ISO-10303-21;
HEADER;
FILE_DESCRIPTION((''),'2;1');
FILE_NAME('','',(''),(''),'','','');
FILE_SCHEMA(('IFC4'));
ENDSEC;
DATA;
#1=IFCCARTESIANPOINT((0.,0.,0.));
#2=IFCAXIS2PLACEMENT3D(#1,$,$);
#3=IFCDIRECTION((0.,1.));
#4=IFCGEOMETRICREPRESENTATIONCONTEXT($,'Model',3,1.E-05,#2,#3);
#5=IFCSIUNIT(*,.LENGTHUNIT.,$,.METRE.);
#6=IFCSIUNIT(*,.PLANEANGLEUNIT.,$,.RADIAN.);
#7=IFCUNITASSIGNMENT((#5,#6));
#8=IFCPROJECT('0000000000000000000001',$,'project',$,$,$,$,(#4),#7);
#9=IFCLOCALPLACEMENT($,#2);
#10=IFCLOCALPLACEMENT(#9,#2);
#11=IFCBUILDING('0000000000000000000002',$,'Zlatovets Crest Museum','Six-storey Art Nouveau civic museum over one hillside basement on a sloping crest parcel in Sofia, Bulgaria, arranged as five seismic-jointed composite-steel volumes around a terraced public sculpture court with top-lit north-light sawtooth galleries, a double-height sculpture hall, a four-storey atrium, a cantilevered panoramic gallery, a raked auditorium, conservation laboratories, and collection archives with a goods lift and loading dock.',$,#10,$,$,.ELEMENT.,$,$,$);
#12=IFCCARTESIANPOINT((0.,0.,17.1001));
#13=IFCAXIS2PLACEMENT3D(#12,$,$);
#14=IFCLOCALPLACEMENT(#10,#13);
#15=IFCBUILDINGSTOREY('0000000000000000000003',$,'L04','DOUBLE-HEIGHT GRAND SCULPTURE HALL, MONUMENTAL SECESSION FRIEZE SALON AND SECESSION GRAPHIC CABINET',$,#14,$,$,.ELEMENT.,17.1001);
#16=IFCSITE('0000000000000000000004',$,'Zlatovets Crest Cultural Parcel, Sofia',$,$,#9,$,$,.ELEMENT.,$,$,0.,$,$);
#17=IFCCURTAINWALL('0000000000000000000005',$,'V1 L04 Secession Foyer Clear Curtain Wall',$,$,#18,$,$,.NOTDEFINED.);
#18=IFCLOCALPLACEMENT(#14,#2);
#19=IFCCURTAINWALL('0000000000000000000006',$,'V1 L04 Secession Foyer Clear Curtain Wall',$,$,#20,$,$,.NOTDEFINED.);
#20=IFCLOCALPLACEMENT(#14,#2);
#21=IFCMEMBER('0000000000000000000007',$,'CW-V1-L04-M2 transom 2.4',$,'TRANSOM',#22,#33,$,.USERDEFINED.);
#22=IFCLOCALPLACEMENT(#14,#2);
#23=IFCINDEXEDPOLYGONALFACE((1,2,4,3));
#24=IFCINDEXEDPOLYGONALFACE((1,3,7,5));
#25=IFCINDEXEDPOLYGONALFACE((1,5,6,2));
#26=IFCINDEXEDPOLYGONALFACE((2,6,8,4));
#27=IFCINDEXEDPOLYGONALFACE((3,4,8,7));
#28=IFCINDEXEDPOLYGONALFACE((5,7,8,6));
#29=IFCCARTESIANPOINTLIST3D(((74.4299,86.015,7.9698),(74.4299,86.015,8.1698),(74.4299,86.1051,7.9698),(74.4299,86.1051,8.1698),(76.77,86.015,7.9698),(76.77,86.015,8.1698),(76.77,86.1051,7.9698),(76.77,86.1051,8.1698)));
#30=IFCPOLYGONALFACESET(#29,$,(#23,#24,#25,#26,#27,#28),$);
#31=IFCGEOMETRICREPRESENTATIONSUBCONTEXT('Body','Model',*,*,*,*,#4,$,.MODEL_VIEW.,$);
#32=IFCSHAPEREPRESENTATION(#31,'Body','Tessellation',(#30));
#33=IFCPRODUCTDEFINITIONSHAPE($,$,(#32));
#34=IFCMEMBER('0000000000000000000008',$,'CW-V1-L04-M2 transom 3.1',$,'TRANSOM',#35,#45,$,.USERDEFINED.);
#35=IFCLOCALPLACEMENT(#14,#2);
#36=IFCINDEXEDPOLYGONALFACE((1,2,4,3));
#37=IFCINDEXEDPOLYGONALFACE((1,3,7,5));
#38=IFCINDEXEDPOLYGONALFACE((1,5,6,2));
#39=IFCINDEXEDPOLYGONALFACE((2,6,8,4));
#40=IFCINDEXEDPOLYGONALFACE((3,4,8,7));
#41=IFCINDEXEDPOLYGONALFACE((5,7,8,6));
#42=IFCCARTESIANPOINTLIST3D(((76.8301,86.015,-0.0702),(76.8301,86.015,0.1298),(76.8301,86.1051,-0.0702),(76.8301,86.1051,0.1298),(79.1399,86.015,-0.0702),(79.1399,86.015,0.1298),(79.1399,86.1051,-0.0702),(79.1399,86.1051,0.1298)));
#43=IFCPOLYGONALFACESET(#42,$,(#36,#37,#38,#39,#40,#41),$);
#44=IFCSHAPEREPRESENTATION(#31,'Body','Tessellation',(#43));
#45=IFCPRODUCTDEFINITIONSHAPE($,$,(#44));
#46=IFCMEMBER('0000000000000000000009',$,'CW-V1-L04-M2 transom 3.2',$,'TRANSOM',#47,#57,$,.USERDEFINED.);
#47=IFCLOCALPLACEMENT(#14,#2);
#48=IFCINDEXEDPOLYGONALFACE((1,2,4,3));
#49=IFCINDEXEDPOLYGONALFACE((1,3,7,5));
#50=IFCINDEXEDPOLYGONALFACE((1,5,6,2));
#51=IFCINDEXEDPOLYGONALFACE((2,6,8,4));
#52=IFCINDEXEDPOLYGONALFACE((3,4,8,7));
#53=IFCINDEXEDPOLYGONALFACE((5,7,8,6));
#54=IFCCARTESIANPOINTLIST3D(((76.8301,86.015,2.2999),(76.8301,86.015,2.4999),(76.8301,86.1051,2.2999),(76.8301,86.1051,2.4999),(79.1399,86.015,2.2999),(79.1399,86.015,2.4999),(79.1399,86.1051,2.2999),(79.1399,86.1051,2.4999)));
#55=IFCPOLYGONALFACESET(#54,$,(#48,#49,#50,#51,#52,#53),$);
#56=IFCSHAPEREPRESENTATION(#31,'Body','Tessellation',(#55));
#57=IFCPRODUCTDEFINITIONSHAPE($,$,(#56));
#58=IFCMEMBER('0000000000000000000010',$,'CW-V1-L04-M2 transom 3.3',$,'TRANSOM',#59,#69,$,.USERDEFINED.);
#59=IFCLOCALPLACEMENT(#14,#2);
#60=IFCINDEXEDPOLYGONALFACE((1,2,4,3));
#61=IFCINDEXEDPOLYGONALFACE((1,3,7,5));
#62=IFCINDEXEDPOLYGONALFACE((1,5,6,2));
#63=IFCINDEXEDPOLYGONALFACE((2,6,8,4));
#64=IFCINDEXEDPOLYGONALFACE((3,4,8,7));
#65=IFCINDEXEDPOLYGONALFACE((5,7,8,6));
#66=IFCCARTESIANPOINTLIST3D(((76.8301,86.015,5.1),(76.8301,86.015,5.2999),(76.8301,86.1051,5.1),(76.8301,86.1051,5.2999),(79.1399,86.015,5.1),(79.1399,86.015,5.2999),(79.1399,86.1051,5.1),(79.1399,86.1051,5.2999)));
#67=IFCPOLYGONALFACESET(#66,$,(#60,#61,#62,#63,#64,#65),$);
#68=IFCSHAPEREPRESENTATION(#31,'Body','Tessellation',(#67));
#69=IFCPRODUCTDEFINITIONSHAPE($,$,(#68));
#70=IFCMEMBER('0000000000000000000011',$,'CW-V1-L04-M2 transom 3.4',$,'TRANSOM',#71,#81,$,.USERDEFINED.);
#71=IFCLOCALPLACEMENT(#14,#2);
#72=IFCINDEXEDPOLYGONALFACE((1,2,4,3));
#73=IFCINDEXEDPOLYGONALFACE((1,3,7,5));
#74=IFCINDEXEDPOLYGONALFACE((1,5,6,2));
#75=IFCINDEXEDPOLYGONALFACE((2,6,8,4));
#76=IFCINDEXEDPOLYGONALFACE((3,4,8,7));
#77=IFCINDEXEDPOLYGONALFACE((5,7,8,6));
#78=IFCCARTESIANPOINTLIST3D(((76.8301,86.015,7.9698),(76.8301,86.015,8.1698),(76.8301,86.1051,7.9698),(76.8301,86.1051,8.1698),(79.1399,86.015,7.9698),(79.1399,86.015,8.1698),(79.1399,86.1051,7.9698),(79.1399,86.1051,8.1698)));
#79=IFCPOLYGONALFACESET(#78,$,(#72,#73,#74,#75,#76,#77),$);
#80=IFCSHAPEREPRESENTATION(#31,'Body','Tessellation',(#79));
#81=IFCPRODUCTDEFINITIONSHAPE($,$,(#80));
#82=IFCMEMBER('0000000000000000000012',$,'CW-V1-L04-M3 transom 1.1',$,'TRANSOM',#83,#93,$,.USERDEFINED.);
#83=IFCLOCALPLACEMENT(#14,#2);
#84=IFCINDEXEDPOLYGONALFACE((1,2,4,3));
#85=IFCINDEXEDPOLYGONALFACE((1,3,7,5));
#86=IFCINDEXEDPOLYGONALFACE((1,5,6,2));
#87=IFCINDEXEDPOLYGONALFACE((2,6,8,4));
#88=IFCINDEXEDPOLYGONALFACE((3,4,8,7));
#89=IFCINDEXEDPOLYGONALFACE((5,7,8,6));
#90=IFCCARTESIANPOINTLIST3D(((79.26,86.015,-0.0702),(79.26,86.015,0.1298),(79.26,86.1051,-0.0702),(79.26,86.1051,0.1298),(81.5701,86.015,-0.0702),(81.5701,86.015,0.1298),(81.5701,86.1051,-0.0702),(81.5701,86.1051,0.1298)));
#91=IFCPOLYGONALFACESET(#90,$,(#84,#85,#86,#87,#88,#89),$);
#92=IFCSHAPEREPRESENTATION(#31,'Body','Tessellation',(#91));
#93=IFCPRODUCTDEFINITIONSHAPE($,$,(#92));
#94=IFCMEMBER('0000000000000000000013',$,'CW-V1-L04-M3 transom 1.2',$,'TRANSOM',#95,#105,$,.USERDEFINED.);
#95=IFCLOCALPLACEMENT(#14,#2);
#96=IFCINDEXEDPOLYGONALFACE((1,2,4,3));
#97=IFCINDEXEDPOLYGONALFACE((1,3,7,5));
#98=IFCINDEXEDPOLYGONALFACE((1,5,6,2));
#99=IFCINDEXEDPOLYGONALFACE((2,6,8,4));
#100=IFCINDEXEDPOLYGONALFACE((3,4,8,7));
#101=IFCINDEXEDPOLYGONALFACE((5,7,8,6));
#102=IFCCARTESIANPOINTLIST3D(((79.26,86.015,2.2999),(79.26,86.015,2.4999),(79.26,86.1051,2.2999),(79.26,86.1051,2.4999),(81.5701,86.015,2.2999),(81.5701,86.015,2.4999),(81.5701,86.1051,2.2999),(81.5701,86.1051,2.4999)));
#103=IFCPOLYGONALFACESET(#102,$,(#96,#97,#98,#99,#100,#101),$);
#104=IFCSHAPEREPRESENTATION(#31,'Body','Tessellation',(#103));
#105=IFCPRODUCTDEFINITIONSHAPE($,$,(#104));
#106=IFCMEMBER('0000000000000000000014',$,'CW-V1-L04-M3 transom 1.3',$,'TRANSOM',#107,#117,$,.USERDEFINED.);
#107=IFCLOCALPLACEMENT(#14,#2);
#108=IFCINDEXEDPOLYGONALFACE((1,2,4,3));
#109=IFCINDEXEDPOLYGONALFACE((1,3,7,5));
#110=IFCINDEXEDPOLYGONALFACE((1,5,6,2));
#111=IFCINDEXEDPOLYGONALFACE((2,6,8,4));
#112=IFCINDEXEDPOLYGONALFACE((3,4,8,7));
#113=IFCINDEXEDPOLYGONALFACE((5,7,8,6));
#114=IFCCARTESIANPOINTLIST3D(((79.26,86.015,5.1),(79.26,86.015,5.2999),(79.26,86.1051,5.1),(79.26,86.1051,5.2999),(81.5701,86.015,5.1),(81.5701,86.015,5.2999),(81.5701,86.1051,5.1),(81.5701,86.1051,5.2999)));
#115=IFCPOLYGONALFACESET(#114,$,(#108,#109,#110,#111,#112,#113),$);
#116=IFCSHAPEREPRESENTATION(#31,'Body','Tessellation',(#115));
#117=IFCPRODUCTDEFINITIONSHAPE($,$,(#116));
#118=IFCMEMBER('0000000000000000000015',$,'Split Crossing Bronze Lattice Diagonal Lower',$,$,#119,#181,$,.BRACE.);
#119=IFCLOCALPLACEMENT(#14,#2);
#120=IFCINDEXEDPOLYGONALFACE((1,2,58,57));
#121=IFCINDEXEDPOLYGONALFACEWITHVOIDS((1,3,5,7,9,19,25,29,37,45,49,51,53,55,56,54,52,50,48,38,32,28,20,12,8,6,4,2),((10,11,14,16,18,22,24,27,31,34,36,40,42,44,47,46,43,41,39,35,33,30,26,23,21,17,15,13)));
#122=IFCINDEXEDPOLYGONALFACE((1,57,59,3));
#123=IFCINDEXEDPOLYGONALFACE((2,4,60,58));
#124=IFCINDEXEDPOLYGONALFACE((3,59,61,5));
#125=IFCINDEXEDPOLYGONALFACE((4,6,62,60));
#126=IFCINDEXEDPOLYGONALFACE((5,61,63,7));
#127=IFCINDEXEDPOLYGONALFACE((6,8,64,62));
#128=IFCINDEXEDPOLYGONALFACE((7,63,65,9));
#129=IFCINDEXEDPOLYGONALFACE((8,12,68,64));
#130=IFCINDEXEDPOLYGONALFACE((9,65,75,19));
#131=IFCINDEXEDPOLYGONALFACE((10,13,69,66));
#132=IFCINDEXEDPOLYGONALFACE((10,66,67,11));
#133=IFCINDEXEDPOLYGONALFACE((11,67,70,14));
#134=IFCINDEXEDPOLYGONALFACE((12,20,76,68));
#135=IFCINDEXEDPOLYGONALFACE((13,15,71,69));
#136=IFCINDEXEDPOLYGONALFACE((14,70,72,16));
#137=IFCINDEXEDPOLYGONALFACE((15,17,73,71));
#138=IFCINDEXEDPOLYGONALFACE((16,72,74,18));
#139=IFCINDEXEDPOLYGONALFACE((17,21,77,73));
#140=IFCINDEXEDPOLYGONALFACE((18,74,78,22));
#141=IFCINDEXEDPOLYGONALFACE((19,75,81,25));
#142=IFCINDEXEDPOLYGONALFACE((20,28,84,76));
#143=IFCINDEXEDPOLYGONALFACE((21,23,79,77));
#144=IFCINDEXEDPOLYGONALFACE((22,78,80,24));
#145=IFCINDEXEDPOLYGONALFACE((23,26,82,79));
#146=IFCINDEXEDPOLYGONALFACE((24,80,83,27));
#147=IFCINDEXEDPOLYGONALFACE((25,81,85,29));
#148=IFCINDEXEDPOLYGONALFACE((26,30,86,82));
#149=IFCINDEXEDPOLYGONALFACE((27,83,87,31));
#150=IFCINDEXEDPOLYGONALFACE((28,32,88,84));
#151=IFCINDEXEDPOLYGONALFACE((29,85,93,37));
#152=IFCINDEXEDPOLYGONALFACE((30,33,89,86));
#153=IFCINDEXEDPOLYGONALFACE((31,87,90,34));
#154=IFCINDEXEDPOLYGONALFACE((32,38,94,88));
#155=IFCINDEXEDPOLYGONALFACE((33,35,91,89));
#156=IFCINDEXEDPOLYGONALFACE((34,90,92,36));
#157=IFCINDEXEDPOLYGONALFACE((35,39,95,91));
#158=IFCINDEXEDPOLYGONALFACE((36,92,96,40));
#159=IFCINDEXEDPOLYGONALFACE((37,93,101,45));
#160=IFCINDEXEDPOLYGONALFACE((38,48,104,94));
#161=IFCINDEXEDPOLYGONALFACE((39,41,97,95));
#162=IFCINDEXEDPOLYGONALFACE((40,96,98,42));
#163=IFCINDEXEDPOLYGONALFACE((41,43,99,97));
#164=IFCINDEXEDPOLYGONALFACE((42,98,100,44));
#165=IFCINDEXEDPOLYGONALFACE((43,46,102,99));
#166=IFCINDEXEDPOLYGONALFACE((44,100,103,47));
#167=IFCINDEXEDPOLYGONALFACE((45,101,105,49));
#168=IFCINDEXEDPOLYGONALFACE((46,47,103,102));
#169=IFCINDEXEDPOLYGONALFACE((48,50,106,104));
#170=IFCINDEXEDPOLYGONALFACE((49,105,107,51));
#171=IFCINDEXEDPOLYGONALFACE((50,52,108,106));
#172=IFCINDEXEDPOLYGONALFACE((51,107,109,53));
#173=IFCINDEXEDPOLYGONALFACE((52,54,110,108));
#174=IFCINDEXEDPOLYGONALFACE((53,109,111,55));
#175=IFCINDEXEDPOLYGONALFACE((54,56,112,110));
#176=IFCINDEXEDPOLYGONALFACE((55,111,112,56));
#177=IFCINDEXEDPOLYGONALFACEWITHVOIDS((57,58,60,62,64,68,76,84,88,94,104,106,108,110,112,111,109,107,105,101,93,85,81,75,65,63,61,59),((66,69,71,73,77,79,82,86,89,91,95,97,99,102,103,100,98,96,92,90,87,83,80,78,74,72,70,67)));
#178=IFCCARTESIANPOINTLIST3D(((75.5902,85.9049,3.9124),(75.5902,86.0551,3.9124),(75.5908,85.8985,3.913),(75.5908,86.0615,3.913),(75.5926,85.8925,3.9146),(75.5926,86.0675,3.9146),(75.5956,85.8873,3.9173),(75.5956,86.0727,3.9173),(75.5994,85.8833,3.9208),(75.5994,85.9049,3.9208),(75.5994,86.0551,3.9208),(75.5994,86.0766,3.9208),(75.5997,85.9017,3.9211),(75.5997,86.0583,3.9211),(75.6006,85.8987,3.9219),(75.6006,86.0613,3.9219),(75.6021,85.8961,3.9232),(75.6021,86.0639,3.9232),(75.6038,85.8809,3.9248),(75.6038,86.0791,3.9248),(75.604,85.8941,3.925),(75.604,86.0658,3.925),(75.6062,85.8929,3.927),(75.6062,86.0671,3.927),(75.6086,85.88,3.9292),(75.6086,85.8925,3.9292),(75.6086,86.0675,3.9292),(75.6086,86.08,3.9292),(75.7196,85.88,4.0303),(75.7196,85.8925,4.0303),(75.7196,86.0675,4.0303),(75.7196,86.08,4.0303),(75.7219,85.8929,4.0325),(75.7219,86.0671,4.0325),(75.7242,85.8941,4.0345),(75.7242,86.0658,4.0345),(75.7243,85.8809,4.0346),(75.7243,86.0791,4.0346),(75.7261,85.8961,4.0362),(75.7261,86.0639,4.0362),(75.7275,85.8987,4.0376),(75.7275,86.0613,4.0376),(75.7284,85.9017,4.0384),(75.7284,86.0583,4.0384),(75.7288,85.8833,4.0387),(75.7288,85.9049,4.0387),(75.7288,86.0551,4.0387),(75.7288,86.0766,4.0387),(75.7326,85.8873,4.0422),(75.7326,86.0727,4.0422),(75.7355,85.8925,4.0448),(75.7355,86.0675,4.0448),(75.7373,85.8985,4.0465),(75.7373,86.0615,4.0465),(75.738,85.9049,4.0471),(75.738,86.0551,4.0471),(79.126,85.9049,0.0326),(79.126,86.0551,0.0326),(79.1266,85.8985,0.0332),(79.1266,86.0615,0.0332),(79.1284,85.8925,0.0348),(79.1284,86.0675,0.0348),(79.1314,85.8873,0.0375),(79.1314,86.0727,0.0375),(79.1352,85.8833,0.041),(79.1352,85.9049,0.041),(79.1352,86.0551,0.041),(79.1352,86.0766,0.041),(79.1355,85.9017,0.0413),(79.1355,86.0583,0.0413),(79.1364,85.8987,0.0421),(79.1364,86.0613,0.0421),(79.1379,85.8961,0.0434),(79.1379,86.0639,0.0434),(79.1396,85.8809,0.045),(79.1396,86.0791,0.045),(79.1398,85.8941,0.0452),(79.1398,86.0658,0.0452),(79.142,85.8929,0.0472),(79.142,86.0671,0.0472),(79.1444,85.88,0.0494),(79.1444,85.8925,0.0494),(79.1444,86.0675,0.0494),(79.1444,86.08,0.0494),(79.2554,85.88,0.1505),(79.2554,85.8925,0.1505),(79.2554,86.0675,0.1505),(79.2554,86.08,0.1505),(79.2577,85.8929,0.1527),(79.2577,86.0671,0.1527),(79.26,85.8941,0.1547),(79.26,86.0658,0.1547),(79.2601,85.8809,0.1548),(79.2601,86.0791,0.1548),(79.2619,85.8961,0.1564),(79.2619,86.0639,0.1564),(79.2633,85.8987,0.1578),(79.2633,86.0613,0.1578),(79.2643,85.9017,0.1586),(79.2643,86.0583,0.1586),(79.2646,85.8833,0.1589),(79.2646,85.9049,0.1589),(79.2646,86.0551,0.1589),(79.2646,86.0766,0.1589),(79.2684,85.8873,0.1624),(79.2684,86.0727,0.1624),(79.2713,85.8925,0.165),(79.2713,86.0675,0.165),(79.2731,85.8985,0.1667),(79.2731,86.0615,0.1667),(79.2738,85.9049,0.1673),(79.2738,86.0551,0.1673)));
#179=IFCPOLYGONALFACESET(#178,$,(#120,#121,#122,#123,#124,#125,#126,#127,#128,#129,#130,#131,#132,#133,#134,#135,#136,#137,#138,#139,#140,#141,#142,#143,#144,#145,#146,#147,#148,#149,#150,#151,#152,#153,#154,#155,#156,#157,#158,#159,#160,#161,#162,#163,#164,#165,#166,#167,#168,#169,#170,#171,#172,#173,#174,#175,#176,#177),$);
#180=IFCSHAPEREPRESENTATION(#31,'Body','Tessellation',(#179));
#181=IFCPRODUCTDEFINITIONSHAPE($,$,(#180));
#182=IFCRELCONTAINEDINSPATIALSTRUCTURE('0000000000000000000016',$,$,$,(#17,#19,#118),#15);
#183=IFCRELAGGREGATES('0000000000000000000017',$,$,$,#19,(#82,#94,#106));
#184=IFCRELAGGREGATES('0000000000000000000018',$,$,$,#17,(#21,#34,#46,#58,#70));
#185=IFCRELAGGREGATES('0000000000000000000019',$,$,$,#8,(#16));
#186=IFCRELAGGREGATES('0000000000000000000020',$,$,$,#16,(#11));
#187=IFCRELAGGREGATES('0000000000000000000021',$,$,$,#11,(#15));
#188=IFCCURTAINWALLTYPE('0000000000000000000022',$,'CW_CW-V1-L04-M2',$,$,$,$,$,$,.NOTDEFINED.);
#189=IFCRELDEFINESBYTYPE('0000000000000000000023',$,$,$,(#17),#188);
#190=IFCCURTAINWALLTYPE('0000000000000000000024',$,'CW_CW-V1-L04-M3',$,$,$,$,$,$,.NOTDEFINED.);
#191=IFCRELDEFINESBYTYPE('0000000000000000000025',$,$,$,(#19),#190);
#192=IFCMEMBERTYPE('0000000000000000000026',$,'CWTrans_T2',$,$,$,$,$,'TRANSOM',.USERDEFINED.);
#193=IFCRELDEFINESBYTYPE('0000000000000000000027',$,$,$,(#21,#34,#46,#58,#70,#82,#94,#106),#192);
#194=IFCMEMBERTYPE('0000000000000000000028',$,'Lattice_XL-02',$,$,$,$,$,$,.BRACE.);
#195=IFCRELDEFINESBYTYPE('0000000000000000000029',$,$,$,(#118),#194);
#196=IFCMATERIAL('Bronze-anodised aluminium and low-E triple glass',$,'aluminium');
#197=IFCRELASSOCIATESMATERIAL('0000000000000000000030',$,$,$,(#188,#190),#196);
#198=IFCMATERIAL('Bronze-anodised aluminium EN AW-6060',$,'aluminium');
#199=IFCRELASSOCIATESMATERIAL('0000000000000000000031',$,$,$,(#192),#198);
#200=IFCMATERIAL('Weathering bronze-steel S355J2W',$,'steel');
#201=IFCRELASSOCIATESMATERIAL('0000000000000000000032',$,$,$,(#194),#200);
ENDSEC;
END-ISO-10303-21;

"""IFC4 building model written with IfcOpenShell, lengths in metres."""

from ifc_helpers import new_model, si_unit, direction, frame, origin, origin_2d, place, context, subcontext, project, spatial, rectangle, hollow_rectangle, extrude, material, material_profile, profile_set, type_object, element, aggregate, save


model = new_model("IFC4")

# Units and contexts
model_context = context("Model", 3, precision=1e-05, world=origin(), true_north=direction((0.0, 1.0)))
body_context = subcontext(model_context, "Body", "Model", "MODEL_VIEW")
ifc_project = project(units=[si_unit("LENGTHUNIT", "METRE"), si_unit("PLANEANGLEUNIT", "RADIAN")], contexts=[model_context])

# Site, building, storey
site_placement = place(None, origin())
site = spatial("IfcSite", under=ifc_project, at=site_placement, Name="Zlatovets Crest Cultural Parcel, Sofia", CompositionType="ELEMENT", RefElevation=0.0)
building_placement = place(site_placement, origin())
building = spatial("IfcBuilding", under=site, at=building_placement, Name="Zlatovets Crest Museum", Description="Six-storey Art Nouveau civic museum over one hillside basement on a sloping crest parcel in Sofia, Bulgaria, arranged as five seismic-jointed composite-steel volumes around a terraced public sculpture court with top-lit north-light sawtooth galleries, a double-height sculpture hall, a four-storey atrium, a cantilevered panoramic gallery, a raked auditorium, conservation laboratories, and collection archives with a goods lift and loading dock.", CompositionType="ELEMENT")
storey_placement = place(building_placement, frame((0.0, 0.0, 17.1001)))
storey = spatial("IfcBuildingStorey", under=building, at=storey_placement, Name="L04", Description="DOUBLE-HEIGHT GRAND SCULPTURE HALL, MONUMENTAL SECESSION FRIEZE SALON AND SECESSION GRAPHIC CABINET", CompositionType="ELEMENT", Elevation=17.1001)

# Curtain wall
ifc_material_1 = material(Name="Bronze-anodised aluminium and low-E triple glass", Category="aluminium")
curtain_wall_type_1 = type_object("IfcCurtainWallType", Name="CW_CW-V1-L04-M2", PredefinedType="NOTDEFINED", material=ifc_material_1)
curtain_wall_1_placement = place(storey_placement, origin())
curtain_wall_1 = element("IfcCurtainWall", 1, at=curtain_wall_1_placement, inside=storey, type_object=curtain_wall_type_1, Name="V1 L04 Secession Foyer Clear Curtain Wall", PredefinedType="NOTDEFINED")
ifc_material_2 = material(Name="Bronze-anodised aluminium EN AW-6060", Category="aluminium")

# Curtain wall
curtain_wall_type_2 = type_object("IfcCurtainWallType", Name="CW_CW-V1-L04-M3", PredefinedType="NOTDEFINED", material=ifc_material_1)
curtain_wall_2_placement = place(storey_placement, origin())
curtain_wall_2 = element("IfcCurtainWall", 2, at=curtain_wall_2_placement, inside=storey, type_object=curtain_wall_type_2, Name="V1 L04 Secession Foyer Clear Curtain Wall", PredefinedType="NOTDEFINED")

# Members
ifc_material_profile_1 = material_profile(ifc_material_2, rectangle(XDim=0.0901, YDim=0.2, at=origin_2d()), Name="ALU 90x200")
ifc_profile_set_1 = profile_set([ifc_material_profile_1], Name="Bronze-anodised aluminium EN AW-6060")
member_type_1 = type_object("IfcMemberType", Name="CWTrans_T2", ElementType="TRANSOM", PredefinedType="USERDEFINED", material=ifc_profile_set_1)
member_1_placement = place(storey_placement, frame((74.4299, 86.0601, 8.0698), z_axis=(1.0, 0.0, 0.0), x_axis=(0.0, 1.0, 0.0)))
member_1 = element("IfcMember", 3, at=member_1_placement, type_object=member_type_1, Name="CW-V1-L04-M2 transom 2.4", ObjectType="TRANSOM", PredefinedType="USERDEFINED", context=body_context, shape_type="SweptSolid", body=[
    extrude(rectangle(XDim=0.0901, YDim=0.2, at=origin_2d()), origin(), (0.0, 0.0, 1.0), 2.3401),
])
member_2_placement = place(storey_placement, frame((76.8301, 86.0601, 0.0298), z_axis=(1.0, 0.0, 0.0), x_axis=(0.0, 1.0, 0.0)))
member_2 = element("IfcMember", 4, at=member_2_placement, type_object=member_type_1, Name="CW-V1-L04-M2 transom 3.1", ObjectType="TRANSOM", PredefinedType="USERDEFINED", context=body_context, shape_type="SweptSolid", body=[
    extrude(rectangle(XDim=0.0901, YDim=0.2, at=origin_2d()), origin(), (0.0, 0.0, 1.0), 2.3098),
])
member_3_placement = place(storey_placement, frame((76.8301, 86.0601, 2.3999), z_axis=(1.0, 0.0, 0.0), x_axis=(0.0, 1.0, 0.0)))
member_3 = element("IfcMember", 5, at=member_3_placement, type_object=member_type_1, Name="CW-V1-L04-M2 transom 3.2", ObjectType="TRANSOM", PredefinedType="USERDEFINED", context=body_context, shape_type="SweptSolid", body=[
    extrude(rectangle(XDim=0.0901, YDim=0.2, at=origin_2d()), origin(), (0.0, 0.0, 1.0), 2.3098),
])
member_4_placement = place(storey_placement, frame((76.8301, 86.0601, 5.2), z_axis=(1.0, 0.0, 0.0), x_axis=(0.0, 1.0, 0.0)))
member_4 = element("IfcMember", 6, at=member_4_placement, type_object=member_type_1, Name="CW-V1-L04-M2 transom 3.3", ObjectType="TRANSOM", PredefinedType="USERDEFINED", context=body_context, shape_type="SweptSolid", body=[
    extrude(rectangle(XDim=0.0901, YDim=0.2, at=origin_2d()), origin(), (0.0, 0.0, 1.0), 2.3098),
])
member_5_placement = place(storey_placement, frame((76.8301, 86.0601, 8.0698), z_axis=(1.0, 0.0, 0.0), x_axis=(0.0, 1.0, 0.0)))
member_5 = element("IfcMember", 7, at=member_5_placement, type_object=member_type_1, Name="CW-V1-L04-M2 transom 3.4", ObjectType="TRANSOM", PredefinedType="USERDEFINED", context=body_context, shape_type="SweptSolid", body=[
    extrude(rectangle(XDim=0.0901, YDim=0.2, at=origin_2d()), origin(), (0.0, 0.0, 1.0), 2.3098),
])
member_6_placement = place(storey_placement, frame((79.26, 86.0601, 0.0298), z_axis=(1.0, 0.0, 0.0), x_axis=(0.0, 1.0, 0.0)))
member_6 = element("IfcMember", 8, at=member_6_placement, type_object=member_type_1, Name="CW-V1-L04-M3 transom 1.1", ObjectType="TRANSOM", PredefinedType="USERDEFINED", context=body_context, shape_type="SweptSolid", body=[
    extrude(rectangle(XDim=0.0901, YDim=0.2, at=origin_2d()), origin(), (0.0, 0.0, 1.0), 2.3101),
])
member_7_placement = place(storey_placement, frame((79.26, 86.0601, 2.3999), z_axis=(1.0, 0.0, 0.0), x_axis=(0.0, 1.0, 0.0)))
member_7 = element("IfcMember", 9, at=member_7_placement, type_object=member_type_1, Name="CW-V1-L04-M3 transom 1.2", ObjectType="TRANSOM", PredefinedType="USERDEFINED", context=body_context, shape_type="SweptSolid", body=[
    extrude(rectangle(XDim=0.0901, YDim=0.2, at=origin_2d()), origin(), (0.0, 0.0, 1.0), 2.3101),
])
member_8_placement = place(storey_placement, frame((79.26, 86.0601, 5.2), z_axis=(1.0, 0.0, 0.0), x_axis=(0.0, 1.0, 0.0)))
member_8 = element("IfcMember", 10, at=member_8_placement, type_object=member_type_1, Name="CW-V1-L04-M3 transom 1.3", ObjectType="TRANSOM", PredefinedType="USERDEFINED", context=body_context, shape_type="SweptSolid", body=[
    extrude(rectangle(XDim=0.0901, YDim=0.2, at=origin_2d()), origin(), (0.0, 0.0, 1.0), 2.3101),
])
aggregate(curtain_wall_2, [member_6, member_7, member_8])

# Member
ifc_material_3 = material(Name="Weathering bronze-steel S355J2W", Category="steel")
ifc_material_profile_2 = material_profile(ifc_material_3, hollow_rectangle(XDim=0.2, YDim=0.2, WallThickness=0.0125, InnerFilletRadius=0.0125, OuterFilletRadius=0.0249, at=origin_2d()), Name="SHS 200x200x12.5")
ifc_profile_set_2 = profile_set([ifc_material_profile_2], Name="Weathering bronze-steel S355J2W")
member_type_2 = type_object("IfcMemberType", Name="Lattice_XL-02", PredefinedType="BRACE", material=ifc_profile_set_2)
member_9_placement = place(storey_placement, frame((75.6641, 85.98, 3.9797), z_axis=(0.673582, 0.0, -0.739112), x_axis=(0.0, 1.0, 0.0)))
element("IfcMember", 11, at=member_9_placement, inside=storey, type_object=member_type_2, Name="Split Crossing Bronze Lattice Diagonal Lower", PredefinedType="BRACE", context=body_context, shape_type="SweptSolid", body=[
    extrude(hollow_rectangle(XDim=0.2, YDim=0.2, WallThickness=0.0125, InnerFilletRadius=0.0125, OuterFilletRadius=0.0249, at=origin_2d()), origin(), (0.0, 0.0, 1.0), 5.2493),
])

aggregate(curtain_wall_1, [member_1, member_2, member_3, member_4, member_5])

save(model, "model.ifc")
